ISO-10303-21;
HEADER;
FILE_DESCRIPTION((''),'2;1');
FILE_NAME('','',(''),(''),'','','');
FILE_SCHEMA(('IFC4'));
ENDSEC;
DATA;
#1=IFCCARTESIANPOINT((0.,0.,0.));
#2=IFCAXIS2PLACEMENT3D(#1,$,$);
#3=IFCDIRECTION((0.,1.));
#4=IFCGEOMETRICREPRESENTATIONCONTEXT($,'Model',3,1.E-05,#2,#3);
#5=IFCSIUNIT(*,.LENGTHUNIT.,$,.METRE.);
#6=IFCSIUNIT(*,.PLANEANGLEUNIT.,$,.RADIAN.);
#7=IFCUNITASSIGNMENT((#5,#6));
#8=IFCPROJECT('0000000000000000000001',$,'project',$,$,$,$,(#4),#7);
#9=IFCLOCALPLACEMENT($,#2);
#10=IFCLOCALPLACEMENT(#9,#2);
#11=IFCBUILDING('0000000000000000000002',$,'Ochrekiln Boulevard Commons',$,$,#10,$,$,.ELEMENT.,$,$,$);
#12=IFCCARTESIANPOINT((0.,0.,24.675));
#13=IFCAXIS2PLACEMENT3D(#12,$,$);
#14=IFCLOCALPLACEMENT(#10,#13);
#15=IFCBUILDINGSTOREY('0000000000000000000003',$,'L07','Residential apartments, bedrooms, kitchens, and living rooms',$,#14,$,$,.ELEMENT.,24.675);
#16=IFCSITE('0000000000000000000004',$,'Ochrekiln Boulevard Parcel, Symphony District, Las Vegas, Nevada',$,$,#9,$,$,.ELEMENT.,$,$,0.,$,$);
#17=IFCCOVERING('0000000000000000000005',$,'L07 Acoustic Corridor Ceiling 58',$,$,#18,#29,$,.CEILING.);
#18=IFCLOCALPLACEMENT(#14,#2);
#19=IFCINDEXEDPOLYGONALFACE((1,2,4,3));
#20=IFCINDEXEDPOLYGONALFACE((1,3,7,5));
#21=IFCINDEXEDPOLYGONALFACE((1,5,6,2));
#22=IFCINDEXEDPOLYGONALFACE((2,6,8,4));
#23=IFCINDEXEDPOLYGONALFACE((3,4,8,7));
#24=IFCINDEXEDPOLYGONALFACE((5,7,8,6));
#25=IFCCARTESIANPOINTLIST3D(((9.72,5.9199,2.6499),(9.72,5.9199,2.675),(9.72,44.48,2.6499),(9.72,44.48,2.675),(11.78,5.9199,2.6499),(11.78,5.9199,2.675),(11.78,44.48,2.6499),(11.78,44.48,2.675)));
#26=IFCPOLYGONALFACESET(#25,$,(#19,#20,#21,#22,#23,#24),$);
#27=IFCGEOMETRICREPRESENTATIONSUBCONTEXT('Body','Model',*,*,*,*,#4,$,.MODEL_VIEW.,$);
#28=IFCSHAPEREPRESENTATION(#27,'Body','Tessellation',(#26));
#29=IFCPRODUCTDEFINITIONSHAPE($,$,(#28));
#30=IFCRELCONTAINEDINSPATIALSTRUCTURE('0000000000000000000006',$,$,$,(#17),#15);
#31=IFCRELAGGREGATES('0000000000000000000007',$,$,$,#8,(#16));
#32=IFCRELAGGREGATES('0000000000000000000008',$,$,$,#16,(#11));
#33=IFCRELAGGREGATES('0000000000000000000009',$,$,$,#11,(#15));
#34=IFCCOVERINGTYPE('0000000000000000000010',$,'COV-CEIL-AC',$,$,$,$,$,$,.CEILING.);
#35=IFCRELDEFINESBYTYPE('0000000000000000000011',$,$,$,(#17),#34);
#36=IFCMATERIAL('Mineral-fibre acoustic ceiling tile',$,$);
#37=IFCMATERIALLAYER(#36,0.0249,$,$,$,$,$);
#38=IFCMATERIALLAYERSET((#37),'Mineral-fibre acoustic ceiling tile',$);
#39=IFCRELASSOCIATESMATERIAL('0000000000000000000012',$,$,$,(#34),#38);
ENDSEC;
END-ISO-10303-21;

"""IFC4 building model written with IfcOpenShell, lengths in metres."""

from ifc_helpers import new_model, si_unit, direction, frame, origin, place, context, subcontext, project, spatial, polyline, outline, extrude, material, layer, layer_set, type_object, element, save


model = new_model("IFC4")

# Units and contexts
model_context = context("Model", 3, precision=1e-05, world=origin(), true_north=direction((0.0, 1.0)))
body_context = subcontext(model_context, "Body", "Model", "MODEL_VIEW")
ifc_project = project(units=[si_unit("LENGTHUNIT", "METRE"), si_unit("PLANEANGLEUNIT", "RADIAN")], contexts=[model_context])

# Site, building, storey
site_placement = place(None, origin())
site = spatial("IfcSite", under=ifc_project, at=site_placement, Name="Ochrekiln Boulevard Parcel, Symphony District, Las Vegas, Nevada", CompositionType="ELEMENT", RefElevation=0.0)
building_placement = place(site_placement, origin())
building = spatial("IfcBuilding", under=site, at=building_placement, Name="Ochrekiln Boulevard Commons", CompositionType="ELEMENT")
storey_placement = place(building_placement, frame((0.0, 0.0, 24.675)))
storey = spatial("IfcBuildingStorey", under=building, at=storey_placement, Name="L07", Description="Residential apartments, bedrooms, kitchens, and living rooms", CompositionType="ELEMENT", Elevation=24.675)

# Covering
ifc_material_1 = material(Name="Mineral-fibre acoustic ceiling tile")
ifc_layer_1 = layer(ifc_material_1, 0.0249)
ifc_layer_set_1 = layer_set([ifc_layer_1], Name="Mineral-fibre acoustic ceiling tile")
covering_type = type_object("IfcCoveringType", Name="COV-CEIL-AC", PredefinedType="CEILING", material=ifc_layer_set_1)
covering_1_placement = place(storey_placement, frame((0.0, 0.0, 2.6499)))
element("IfcCovering", 1, at=covering_1_placement, inside=storey, type_object=covering_type, Name="L07 Acoustic Corridor Ceiling 58", PredefinedType="CEILING", context=body_context, shape_type="SweptSolid", body=[
    extrude(outline(polyline([(9.72, 5.9199), (11.78, 5.9199), (11.78, 44.48), (9.72, 44.48), (9.72, 5.9199)])), origin(), (0.0, 0.0, 1.0), 0.0251),
])

save(model, "model.ifc")
